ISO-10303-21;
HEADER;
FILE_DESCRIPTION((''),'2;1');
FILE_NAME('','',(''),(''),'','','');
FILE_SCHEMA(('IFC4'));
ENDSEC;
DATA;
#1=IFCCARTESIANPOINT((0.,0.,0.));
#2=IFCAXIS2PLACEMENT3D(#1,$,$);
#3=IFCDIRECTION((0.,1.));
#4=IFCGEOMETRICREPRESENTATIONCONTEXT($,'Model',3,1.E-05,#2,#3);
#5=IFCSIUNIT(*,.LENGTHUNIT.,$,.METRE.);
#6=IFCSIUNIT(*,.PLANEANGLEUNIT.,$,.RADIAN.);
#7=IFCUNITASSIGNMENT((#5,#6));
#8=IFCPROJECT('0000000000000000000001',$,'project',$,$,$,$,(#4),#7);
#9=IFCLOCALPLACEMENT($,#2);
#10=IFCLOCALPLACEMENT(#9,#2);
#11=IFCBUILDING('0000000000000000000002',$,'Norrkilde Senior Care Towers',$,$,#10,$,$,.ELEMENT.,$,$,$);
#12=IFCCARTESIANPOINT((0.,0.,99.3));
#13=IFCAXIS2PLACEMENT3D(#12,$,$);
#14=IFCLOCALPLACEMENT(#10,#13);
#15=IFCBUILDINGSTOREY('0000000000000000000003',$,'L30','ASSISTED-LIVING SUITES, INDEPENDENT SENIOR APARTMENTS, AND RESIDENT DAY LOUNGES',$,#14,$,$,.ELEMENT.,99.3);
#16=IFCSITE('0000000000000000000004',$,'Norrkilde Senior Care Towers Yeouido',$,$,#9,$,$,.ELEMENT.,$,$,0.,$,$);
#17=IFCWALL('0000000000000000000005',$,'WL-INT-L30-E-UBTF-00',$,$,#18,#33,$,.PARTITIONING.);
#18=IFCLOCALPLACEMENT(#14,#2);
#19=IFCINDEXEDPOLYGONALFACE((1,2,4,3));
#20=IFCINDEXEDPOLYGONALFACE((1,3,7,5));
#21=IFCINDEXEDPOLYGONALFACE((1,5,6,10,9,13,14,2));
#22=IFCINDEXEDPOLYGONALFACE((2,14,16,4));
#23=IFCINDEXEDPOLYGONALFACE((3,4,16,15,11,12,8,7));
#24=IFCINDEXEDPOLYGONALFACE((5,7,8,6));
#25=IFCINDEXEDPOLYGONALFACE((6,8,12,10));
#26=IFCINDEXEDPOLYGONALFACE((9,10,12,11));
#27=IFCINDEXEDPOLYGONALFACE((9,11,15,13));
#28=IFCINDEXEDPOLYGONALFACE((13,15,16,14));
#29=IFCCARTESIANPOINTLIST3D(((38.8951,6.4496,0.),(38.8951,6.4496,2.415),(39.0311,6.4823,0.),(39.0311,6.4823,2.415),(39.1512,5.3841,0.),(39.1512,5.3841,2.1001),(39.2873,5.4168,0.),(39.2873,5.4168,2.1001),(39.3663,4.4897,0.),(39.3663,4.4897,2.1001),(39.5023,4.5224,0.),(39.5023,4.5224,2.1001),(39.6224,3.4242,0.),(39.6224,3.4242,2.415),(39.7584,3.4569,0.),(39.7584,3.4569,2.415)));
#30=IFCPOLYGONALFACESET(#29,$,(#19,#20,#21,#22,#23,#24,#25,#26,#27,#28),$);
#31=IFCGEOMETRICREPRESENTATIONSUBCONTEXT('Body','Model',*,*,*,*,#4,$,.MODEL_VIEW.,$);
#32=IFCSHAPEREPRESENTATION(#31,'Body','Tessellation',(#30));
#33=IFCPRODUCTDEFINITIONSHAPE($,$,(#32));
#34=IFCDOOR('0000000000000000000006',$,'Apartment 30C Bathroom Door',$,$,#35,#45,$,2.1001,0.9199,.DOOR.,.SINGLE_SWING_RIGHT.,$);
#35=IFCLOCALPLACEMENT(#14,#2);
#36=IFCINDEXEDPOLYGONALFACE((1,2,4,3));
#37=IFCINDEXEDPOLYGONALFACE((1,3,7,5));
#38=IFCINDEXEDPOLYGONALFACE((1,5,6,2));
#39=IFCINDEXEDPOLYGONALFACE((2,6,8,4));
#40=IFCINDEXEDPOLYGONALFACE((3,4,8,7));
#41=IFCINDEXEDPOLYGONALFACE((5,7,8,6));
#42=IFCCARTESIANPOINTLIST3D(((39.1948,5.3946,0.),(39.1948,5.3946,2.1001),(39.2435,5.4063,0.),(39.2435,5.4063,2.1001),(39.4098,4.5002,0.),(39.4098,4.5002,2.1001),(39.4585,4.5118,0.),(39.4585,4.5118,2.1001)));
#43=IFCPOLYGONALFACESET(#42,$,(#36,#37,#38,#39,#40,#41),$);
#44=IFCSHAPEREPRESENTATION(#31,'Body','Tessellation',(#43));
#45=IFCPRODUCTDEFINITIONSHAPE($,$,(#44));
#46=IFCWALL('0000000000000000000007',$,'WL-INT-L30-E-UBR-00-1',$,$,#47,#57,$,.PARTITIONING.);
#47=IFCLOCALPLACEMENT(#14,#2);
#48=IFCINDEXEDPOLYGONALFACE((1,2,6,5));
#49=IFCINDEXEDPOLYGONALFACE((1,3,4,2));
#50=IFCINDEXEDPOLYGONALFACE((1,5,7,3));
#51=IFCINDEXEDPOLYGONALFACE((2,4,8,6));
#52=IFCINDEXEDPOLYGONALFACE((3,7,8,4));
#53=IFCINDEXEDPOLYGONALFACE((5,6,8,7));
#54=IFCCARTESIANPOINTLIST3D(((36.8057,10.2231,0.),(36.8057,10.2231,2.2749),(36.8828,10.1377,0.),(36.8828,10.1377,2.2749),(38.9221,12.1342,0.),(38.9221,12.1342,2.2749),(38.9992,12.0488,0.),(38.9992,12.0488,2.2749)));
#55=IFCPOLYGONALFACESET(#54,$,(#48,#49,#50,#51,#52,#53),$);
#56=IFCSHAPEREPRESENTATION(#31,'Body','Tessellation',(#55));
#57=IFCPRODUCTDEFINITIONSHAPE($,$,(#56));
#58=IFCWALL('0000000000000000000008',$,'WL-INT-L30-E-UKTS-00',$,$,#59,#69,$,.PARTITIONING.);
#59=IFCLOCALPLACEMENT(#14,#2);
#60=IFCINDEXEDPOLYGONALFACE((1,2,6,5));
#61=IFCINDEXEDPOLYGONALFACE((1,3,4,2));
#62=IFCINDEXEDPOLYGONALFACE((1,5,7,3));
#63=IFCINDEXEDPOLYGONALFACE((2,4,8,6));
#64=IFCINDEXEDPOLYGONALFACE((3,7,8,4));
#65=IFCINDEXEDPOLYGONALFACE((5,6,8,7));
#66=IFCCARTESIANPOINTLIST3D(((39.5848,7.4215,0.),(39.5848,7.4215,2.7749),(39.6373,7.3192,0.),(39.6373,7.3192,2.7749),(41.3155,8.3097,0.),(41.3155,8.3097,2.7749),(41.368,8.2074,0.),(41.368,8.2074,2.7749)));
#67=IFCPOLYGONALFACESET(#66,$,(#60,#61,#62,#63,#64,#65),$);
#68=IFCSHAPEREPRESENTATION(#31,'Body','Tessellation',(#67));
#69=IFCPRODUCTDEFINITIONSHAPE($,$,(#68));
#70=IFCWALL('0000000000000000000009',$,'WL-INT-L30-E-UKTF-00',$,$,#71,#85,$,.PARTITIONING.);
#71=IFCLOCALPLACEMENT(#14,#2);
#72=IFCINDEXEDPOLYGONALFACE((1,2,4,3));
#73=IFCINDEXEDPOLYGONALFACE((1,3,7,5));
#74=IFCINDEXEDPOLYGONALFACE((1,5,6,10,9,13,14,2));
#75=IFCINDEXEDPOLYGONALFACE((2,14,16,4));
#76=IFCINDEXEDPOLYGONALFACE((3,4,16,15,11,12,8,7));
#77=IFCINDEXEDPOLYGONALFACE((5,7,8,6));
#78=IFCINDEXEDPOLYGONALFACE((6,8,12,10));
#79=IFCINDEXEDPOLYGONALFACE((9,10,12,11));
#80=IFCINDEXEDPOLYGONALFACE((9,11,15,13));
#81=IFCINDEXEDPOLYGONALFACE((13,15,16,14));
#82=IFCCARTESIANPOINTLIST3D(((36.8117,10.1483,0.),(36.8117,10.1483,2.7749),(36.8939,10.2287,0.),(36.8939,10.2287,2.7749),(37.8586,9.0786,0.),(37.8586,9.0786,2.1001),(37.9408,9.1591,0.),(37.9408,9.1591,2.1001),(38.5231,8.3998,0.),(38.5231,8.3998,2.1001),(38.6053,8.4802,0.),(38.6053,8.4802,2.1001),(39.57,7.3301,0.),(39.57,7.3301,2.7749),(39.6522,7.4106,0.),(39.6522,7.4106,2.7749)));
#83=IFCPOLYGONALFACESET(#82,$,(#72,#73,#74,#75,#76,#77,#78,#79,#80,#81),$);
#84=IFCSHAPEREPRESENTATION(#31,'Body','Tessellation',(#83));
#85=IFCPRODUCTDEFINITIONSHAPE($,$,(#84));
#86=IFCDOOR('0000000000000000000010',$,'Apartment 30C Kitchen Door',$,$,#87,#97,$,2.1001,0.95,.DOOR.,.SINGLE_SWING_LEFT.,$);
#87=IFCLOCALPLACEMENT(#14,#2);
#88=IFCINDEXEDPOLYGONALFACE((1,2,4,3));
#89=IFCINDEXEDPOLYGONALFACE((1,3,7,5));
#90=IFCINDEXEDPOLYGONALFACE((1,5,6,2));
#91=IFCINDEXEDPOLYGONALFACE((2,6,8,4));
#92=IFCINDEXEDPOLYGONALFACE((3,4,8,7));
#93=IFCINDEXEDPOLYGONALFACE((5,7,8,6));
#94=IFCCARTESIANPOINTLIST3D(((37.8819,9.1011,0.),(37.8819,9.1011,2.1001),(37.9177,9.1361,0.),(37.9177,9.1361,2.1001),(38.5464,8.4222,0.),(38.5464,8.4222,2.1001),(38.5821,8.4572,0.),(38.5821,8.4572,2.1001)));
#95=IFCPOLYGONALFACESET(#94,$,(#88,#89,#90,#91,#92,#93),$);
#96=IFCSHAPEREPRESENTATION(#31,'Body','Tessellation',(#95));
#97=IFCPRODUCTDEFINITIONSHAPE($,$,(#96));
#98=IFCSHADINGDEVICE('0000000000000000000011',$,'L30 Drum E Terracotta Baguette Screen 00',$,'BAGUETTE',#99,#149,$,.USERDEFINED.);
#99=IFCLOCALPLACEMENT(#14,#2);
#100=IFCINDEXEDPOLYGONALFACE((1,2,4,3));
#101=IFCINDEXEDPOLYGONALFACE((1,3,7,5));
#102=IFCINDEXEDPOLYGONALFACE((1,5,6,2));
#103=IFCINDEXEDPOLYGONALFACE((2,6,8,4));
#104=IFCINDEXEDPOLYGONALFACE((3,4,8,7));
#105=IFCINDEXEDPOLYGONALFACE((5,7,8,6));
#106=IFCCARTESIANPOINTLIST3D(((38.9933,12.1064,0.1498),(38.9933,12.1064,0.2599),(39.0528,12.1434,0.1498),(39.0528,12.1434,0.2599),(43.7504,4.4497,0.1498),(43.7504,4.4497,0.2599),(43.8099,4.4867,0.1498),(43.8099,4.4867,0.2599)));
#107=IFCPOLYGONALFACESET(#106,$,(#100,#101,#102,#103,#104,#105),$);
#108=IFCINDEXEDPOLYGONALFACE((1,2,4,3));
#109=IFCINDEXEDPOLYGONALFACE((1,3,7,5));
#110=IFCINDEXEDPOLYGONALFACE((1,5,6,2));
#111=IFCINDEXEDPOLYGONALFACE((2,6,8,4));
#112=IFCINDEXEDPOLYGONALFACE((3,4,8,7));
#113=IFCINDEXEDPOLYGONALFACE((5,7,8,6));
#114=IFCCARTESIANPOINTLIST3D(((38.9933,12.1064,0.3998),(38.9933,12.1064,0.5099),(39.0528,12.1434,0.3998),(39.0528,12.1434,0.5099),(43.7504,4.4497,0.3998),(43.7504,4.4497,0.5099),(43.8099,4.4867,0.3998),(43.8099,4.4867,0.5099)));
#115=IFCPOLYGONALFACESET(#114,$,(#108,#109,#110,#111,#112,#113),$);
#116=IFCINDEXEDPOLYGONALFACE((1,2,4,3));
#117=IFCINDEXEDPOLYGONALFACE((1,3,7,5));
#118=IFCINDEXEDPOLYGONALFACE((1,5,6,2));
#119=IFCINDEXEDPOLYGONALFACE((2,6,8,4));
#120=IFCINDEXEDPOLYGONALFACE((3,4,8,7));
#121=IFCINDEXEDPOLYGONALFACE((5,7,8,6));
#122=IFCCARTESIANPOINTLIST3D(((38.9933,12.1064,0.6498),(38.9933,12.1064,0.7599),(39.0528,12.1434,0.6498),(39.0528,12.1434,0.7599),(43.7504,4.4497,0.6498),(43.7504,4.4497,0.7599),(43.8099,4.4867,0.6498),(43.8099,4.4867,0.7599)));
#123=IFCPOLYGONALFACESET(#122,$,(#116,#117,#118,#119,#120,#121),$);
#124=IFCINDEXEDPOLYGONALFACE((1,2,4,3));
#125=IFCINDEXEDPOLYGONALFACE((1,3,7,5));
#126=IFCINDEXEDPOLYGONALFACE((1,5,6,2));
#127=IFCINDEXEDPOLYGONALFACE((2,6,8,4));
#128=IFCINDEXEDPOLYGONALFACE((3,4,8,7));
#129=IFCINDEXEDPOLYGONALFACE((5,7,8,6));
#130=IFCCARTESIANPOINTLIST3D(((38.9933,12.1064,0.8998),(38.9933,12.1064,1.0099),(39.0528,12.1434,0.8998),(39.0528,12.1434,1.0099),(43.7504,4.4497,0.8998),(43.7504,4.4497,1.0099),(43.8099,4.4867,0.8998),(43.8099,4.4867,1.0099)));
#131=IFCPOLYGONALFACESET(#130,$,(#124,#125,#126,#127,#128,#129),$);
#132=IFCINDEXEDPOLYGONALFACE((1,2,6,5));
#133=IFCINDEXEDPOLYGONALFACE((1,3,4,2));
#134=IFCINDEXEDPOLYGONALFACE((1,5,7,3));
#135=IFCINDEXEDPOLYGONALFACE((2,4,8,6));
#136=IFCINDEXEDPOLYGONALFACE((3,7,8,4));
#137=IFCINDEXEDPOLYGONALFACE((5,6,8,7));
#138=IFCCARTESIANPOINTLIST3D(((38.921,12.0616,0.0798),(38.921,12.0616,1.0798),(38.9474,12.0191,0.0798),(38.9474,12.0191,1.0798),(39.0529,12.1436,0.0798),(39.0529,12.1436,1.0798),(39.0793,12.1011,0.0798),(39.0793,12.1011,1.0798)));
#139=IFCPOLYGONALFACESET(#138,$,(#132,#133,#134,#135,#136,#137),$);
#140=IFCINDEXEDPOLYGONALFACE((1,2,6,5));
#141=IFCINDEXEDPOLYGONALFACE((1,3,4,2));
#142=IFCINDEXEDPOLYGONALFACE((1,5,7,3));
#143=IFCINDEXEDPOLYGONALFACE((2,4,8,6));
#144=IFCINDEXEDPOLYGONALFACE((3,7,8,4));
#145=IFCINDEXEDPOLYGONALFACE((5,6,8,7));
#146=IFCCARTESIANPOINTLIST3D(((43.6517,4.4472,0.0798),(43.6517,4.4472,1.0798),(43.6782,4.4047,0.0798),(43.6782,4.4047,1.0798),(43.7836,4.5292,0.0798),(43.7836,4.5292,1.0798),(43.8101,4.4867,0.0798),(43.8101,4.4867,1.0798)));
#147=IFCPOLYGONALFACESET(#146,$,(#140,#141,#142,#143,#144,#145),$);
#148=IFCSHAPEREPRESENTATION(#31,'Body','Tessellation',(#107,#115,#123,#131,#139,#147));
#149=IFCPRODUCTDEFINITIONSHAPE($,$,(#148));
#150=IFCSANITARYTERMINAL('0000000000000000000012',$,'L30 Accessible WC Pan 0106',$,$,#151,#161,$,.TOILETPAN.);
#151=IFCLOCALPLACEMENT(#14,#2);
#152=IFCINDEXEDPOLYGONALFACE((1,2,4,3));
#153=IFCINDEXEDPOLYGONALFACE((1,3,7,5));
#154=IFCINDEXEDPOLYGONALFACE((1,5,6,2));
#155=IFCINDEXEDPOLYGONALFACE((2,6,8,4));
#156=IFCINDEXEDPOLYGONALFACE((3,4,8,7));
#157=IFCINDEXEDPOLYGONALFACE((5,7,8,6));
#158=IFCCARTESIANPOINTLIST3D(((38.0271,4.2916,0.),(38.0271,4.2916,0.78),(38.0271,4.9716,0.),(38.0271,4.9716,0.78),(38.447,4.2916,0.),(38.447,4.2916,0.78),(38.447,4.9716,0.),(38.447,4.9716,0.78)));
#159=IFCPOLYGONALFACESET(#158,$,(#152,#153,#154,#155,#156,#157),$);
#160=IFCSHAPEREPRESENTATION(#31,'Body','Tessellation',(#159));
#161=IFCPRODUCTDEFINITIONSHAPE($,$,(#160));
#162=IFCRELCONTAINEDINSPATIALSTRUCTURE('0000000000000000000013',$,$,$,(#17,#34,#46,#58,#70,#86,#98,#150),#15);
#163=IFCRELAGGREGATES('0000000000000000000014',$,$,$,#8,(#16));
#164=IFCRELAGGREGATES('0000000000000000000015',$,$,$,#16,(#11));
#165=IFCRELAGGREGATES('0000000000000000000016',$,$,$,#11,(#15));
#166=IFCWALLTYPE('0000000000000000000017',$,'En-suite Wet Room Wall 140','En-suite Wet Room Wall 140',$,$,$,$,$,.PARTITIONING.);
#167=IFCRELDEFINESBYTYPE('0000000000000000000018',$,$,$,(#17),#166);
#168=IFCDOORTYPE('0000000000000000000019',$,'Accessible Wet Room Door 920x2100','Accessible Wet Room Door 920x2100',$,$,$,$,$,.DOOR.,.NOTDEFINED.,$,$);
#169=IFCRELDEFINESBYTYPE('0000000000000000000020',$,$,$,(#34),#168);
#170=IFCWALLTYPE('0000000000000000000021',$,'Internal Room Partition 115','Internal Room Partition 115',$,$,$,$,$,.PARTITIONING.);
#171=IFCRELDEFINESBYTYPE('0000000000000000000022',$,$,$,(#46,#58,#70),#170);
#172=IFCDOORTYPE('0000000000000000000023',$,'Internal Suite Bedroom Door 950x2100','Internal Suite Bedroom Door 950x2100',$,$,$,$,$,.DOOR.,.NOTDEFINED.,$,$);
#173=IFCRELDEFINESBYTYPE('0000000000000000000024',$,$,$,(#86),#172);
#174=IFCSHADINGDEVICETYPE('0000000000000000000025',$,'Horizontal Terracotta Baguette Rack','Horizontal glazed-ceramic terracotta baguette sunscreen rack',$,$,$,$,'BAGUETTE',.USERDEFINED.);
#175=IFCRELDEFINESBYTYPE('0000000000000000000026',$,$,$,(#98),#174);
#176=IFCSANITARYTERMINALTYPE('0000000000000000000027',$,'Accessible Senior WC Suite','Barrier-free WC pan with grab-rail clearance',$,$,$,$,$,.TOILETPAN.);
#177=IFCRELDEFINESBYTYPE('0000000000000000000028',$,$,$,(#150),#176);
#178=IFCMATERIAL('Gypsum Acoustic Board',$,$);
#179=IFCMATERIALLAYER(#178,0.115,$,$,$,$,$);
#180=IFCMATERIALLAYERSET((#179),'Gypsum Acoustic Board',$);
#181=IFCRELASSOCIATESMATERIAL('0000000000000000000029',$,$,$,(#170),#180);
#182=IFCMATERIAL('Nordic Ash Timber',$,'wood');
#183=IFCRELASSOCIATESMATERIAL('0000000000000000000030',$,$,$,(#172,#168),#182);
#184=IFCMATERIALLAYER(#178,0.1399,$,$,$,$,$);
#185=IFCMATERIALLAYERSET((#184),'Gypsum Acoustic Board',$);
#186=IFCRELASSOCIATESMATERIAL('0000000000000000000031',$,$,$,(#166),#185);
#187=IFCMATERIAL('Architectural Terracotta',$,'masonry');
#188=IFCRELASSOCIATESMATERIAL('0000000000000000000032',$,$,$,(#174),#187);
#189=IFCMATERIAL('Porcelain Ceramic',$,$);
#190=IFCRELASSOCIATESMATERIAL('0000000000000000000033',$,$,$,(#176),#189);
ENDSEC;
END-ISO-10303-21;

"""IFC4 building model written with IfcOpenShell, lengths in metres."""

from ifc_helpers import new_model, si_unit, direction, frame, frame_2d, origin, origin_2d, place, context, subcontext, project, spatial, rectangle, extrude, source, transform, mapped, material, layer, layer_set, type_object, type_shapes, element, fill, save


model = new_model("IFC4")

# Units and contexts
model_context = context("Model", 3, precision=1e-05, world=origin(), true_north=direction((0.0, 1.0)))
body_context = subcontext(model_context, "Body", "Model", "MODEL_VIEW")
ifc_project = project(units=[si_unit("LENGTHUNIT", "METRE"), si_unit("PLANEANGLEUNIT", "RADIAN")], contexts=[model_context])

# Site, building, storey
site_placement = place(None, origin())
site = spatial("IfcSite", under=ifc_project, at=site_placement, Name="Norrkilde Senior Care Towers Yeouido", CompositionType="ELEMENT", RefElevation=0.0)
building_placement = place(site_placement, origin())
building = spatial("IfcBuilding", under=site, at=building_placement, Name="Norrkilde Senior Care Towers", CompositionType="ELEMENT")
storey_placement = place(building_placement, frame((0.0, 0.0, 99.3)))
storey = spatial("IfcBuildingStorey", under=building, at=storey_placement, Name="L30", Description="ASSISTED-LIVING SUITES, INDEPENDENT SENIOR APARTMENTS, AND RESIDENT DAY LOUNGES", CompositionType="ELEMENT", Elevation=99.3)

# Shared definitions
ifc_material_1 = material(Name="Gypsum Acoustic Board")
ifc_material_2 = material(Name="Nordic Ash Timber", Category="wood")

# Shared definitions
ifc_layer_1 = layer(ifc_material_1, 0.115)
ifc_layer_set_1 = layer_set([ifc_layer_1], Name="Gypsum Acoustic Board")
wall_type_1 = type_object("IfcWallType", Name="Internal Room Partition 115", Description="Internal Room Partition 115", PredefinedType="PARTITIONING", material=ifc_layer_set_1)
door_type_1 = type_object("IfcDoorType", Name="Internal Suite Bedroom Door 950x2100", Description="Internal Suite Bedroom Door 950x2100", OperationType="NOTDEFINED", PredefinedType="DOOR", material=ifc_material_2)
shared_shape_1 = source(origin(), body_context, "Body", "SweptSolid", [
    extrude(rectangle(XDim=0.95, YDim=2.1001, at=frame_2d((0.4751, 1.05))), frame((0.0, 0.0249, 0.0), z_axis=(0.0, -1.0, 0.0), x_axis=(1.0, 0.0, 0.0)), (0.0, 0.0, 1.0), 0.05),
])
type_shapes(door_type_1, [shared_shape_1])

# Shared definitions
ifc_layer_2 = layer(ifc_material_1, 0.1399)
ifc_layer_set_2 = layer_set([ifc_layer_2], Name="Gypsum Acoustic Board")
wall_type_2 = type_object("IfcWallType", Name="En-suite Wet Room Wall 140", Description="En-suite Wet Room Wall 140", PredefinedType="PARTITIONING", material=ifc_layer_set_2)

# Wall, opening, door
shared_shape_2 = source(origin(), body_context, "Body", "SweptSolid", [
    extrude(rectangle(XDim=3.1116, YDim=0.1399, at=frame_2d((1.5557, 0.0))), origin(), (0.0, 0.0, 1.0), 2.415),
])
wall_1_placement = place(storey_placement, frame((38.9631, 6.4658, 0.0), z_axis=(0.0, 0.0, 1.0), x_axis=(0.233738, -0.9723, 0.0)))
wall_1 = element("IfcWall", 1, at=wall_1_placement, inside=storey, type_object=wall_type_2, Name="WL-INT-L30-E-UBTF-00", PredefinedType="PARTITIONING", context=body_context, shape_type="MappedRepresentation", body=[
    mapped(shared_shape_2, transform((0.0, 0.0, 0.0), x_axis=(1.0, 0.0, 0.0), y_axis=(0.0, 1.0, 0.0), z_axis=(0.0, 0.0, 1.0), scale=1.0)),
])
opening_1_placement = place(wall_1_placement, frame((1.0957, 0.0, 0.0)))
opening_1 = element("IfcOpeningElement", 2, at=opening_1_placement, cuts=wall_1, PredefinedType="OPENING", context=body_context, shape_type="SweptSolid", body=[
    extrude(rectangle(XDim=0.9199, YDim=2.1001, at=frame_2d((0.46, 1.05))), frame((0.0, 0.0798, 0.0), z_axis=(0.0, -1.0, 0.0), x_axis=(1.0, 0.0, 0.0)), (0.0, 0.0, 1.0), 0.1599),
])
door_type_2 = type_object("IfcDoorType", Name="Accessible Wet Room Door 920x2100", Description="Accessible Wet Room Door 920x2100", OperationType="NOTDEFINED", PredefinedType="DOOR", material=ifc_material_2)
shared_shape_3 = source(origin(), body_context, "Body", "SweptSolid", [
    extrude(rectangle(XDim=0.9199, YDim=2.1001, at=frame_2d((0.46, 1.05))), frame((0.0, 0.0249, 0.0), z_axis=(0.0, -1.0, 0.0), x_axis=(1.0, 0.0, 0.0)), (0.0, 0.0, 1.0), 0.05),
])
type_shapes(door_type_2, [shared_shape_3])
door_1_placement = place(opening_1_placement, origin())
door_1 = element("IfcDoor", 3, at=door_1_placement, inside=storey, type_object=door_type_2, Name="Apartment 30C Bathroom Door", OperationType="SINGLE_SWING_RIGHT", OverallHeight=2.1001, OverallWidth=0.9199, PredefinedType="DOOR", context=body_context, shape_type="MappedRepresentation", body=[
    mapped(shared_shape_3, transform((0.0, 0.0, 0.0), x_axis=(1.0, 0.0, 0.0), y_axis=(0.0, 1.0, 0.0), z_axis=(0.0, 0.0, 1.0), scale=1.0)),
])
fill(opening_1, door_1)

# Walls
shared_shape_4 = source(origin(), body_context, "Body", "SweptSolid", [
    extrude(rectangle(XDim=2.8516, YDim=0.115, at=frame_2d((1.4258, 0.0))), origin(), (0.0, 0.0, 1.0), 2.2749),
])
wall_2_placement = place(storey_placement, frame((36.8442, 10.1804, 0.0), z_axis=(0.0, 0.0, 1.0), x_axis=(0.742191, 0.670189, 0.0)))
element("IfcWall", 4, at=wall_2_placement, inside=storey, type_object=wall_type_1, Name="WL-INT-L30-E-UBR-00-1", PredefinedType="PARTITIONING", context=body_context, shape_type="MappedRepresentation", body=[
    mapped(shared_shape_4, transform((0.0, 0.0, 0.0), x_axis=(1.0, 0.0, 0.0), y_axis=(0.0, 1.0, 0.0), z_axis=(0.0, 0.0, 1.0), scale=1.0)),
])
shared_shape_5 = source(origin(), body_context, "Body", "SweptSolid", [
    extrude(rectangle(XDim=1.9453, YDim=0.115, at=frame_2d((0.9727, 0.0))), origin(), (0.0, 0.0, 1.0), 2.7749),
])
wall_3_placement = place(storey_placement, frame((39.6111, 7.3704, 0.0), z_axis=(0.0, 0.0, 1.0), x_axis=(0.889684, 0.456577, 0.0)))
element("IfcWall", 5, at=wall_3_placement, inside=storey, type_object=wall_type_1, Name="WL-INT-L30-E-UKTS-00", PredefinedType="PARTITIONING", context=body_context, shape_type="MappedRepresentation", body=[
    mapped(shared_shape_5, transform((0.0, 0.0, 0.0), x_axis=(1.0, 0.0, 0.0), y_axis=(0.0, 1.0, 0.0), z_axis=(0.0, 0.0, 1.0), scale=1.0)),
])

# Wall, opening, door
shared_shape_6 = source(origin(), body_context, "Body", "SweptSolid", [
    extrude(rectangle(XDim=3.9434, YDim=0.115, at=frame_2d((1.9717, 0.0))), origin(), (0.0, 0.0, 1.0), 2.7749),
])
wall_4_placement = place(storey_placement, frame((39.6111, 7.3704, 0.0), z_axis=(0.0, 0.0, 1.0), x_axis=(-0.699482, 0.71465, 0.0)))
wall_4 = element("IfcWall", 6, at=wall_4_placement, inside=storey, type_object=wall_type_1, Name="WL-INT-L30-E-UKTF-00", PredefinedType="PARTITIONING", context=body_context, shape_type="MappedRepresentation", body=[
    mapped(shared_shape_6, transform((0.0, 0.0, 0.0), x_axis=(1.0, 0.0, 0.0), y_axis=(0.0, 1.0, 0.0), z_axis=(0.0, 0.0, 1.0), scale=1.0)),
])
opening_2_placement = place(wall_4_placement, frame((1.4966, 0.0, 0.0)))
opening_2 = element("IfcOpeningElement", 7, at=opening_2_placement, cuts=wall_4, PredefinedType="OPENING", context=body_context, shape_type="SweptSolid", body=[
    extrude(rectangle(XDim=0.95, YDim=2.1001, at=frame_2d((0.4751, 1.05))), frame((0.0, 0.0674, 0.0), z_axis=(0.0, -1.0, 0.0), x_axis=(1.0, 0.0, 0.0)), (0.0, 0.0, 1.0), 0.135),
])
door_2_placement = place(opening_2_placement, frame((0.95, 0.0, 0.0), z_axis=(0.0, 0.0, 1.0), x_axis=(-1.0, 0.0, 0.0)))
door_2 = element("IfcDoor", 8, at=door_2_placement, inside=storey, type_object=door_type_1, Name="Apartment 30C Kitchen Door", OperationType="SINGLE_SWING_LEFT", OverallHeight=2.1001, OverallWidth=0.95, PredefinedType="DOOR", context=body_context, shape_type="MappedRepresentation", body=[
    mapped(shared_shape_1, transform((0.0, 0.0, 0.0), x_axis=(1.0, 0.0, 0.0), y_axis=(0.0, 1.0, 0.0), z_axis=(0.0, 0.0, 1.0), scale=1.0)),
])
fill(opening_2, door_2)

# Shading device
ifc_material_3 = material(Name="Architectural Terracotta", Category="masonry")
shading_device_type = type_object("IfcShadingDeviceType", Name="Horizontal Terracotta Baguette Rack", Description="Horizontal glazed-ceramic terracotta baguette sunscreen rack", ElementType="BAGUETTE", PredefinedType="USERDEFINED", material=ifc_material_3)
shared_shape_7 = source(origin(), body_context, "Body", "SweptSolid", [
    extrude(rectangle(XDim=0.0701, YDim=0.1101, at=origin_2d()), frame((0.0, 0.0901, 0.125), z_axis=(1.0, 0.0, 0.0), x_axis=(0.0, 1.0, 0.0)), (0.0, 0.0, 1.0), 9.0142),
    extrude(rectangle(XDim=0.0701, YDim=0.1101, at=origin_2d()), frame((0.0, 0.0901, 0.375), z_axis=(1.0, 0.0, 0.0), x_axis=(0.0, 1.0, 0.0)), (0.0, 0.0, 1.0), 9.0142),
    extrude(rectangle(XDim=0.0701, YDim=0.1101, at=origin_2d()), frame((0.0, 0.0901, 0.625), z_axis=(1.0, 0.0, 0.0), x_axis=(0.0, 1.0, 0.0)), (0.0, 0.0, 1.0), 9.0142),
    extrude(rectangle(XDim=0.0701, YDim=0.1101, at=origin_2d()), frame((0.0, 0.0901, 0.875), z_axis=(1.0, 0.0, 0.0), x_axis=(0.0, 1.0, 0.0)), (0.0, 0.0, 1.0), 9.0142),
    extrude(rectangle(XDim=0.05, YDim=0.1553, at=origin_2d()), frame((0.0249, 0.0476, 0.0)), (0.0, 0.0, 1.0), 1.0),
    extrude(rectangle(XDim=0.05, YDim=0.1553, at=origin_2d()), frame((8.9893, 0.0476, 0.0)), (0.0, 0.0, 1.0), 1.0),
])
type_shapes(shading_device_type, [shared_shape_7])
shading_device_placement = place(storey_placement, frame((38.9465, 12.0774, 0.0798), z_axis=(0.0, 0.0, 1.0), x_axis=(0.527734, -0.849412, 0.0)))
element("IfcShadingDevice", 9, at=shading_device_placement, inside=storey, type_object=shading_device_type, Name="L30 Drum E Terracotta Baguette Screen 00", ObjectType="BAGUETTE", PredefinedType="USERDEFINED", context=body_context, shape_type="MappedRepresentation", body=[
    mapped(shared_shape_7, transform((0.0, 0.0, 0.0), x_axis=(1.0, 0.0, 0.0), y_axis=(0.0, 1.0, 0.0), z_axis=(0.0, 0.0, 1.0), scale=1.0)),
])

# Sanitary terminal
ifc_material_4 = material(Name="Porcelain Ceramic")
sanitary_terminal_type_1 = type_object("IfcSanitaryTerminalType", Name="Accessible Senior WC Suite", Description="Barrier-free WC pan with grab-rail clearance", PredefinedType="TOILETPAN", material=ifc_material_4)
shared_shape_8 = source(origin(), body_context, "Body", "SweptSolid", [
    extrude(rectangle(XDim=0.4199, YDim=0.6799, at=origin_2d()), origin(), (0.0, 0.0, 1.0), 0.78),
])
type_shapes(sanitary_terminal_type_1, [shared_shape_8])
sanitary_terminal_1_placement = place(storey_placement, frame((38.2371, 4.6316, 0.0), z_axis=(0.0, 0.0, 1.0), x_axis=(1.0, 0.0, 0.0)))
element("IfcSanitaryTerminal", 10, at=sanitary_terminal_1_placement, inside=storey, type_object=sanitary_terminal_type_1, Name="L30 Accessible WC Pan 0106", PredefinedType="TOILETPAN", context=body_context, shape_type="MappedRepresentation", body=[
    mapped(shared_shape_8, transform((0.0, 0.0, 0.0), x_axis=(1.0, 0.0, 0.0), y_axis=(0.0, 1.0, 0.0), z_axis=(0.0, 0.0, 1.0), scale=1.0)),
])

save(model, "model.ifc")
